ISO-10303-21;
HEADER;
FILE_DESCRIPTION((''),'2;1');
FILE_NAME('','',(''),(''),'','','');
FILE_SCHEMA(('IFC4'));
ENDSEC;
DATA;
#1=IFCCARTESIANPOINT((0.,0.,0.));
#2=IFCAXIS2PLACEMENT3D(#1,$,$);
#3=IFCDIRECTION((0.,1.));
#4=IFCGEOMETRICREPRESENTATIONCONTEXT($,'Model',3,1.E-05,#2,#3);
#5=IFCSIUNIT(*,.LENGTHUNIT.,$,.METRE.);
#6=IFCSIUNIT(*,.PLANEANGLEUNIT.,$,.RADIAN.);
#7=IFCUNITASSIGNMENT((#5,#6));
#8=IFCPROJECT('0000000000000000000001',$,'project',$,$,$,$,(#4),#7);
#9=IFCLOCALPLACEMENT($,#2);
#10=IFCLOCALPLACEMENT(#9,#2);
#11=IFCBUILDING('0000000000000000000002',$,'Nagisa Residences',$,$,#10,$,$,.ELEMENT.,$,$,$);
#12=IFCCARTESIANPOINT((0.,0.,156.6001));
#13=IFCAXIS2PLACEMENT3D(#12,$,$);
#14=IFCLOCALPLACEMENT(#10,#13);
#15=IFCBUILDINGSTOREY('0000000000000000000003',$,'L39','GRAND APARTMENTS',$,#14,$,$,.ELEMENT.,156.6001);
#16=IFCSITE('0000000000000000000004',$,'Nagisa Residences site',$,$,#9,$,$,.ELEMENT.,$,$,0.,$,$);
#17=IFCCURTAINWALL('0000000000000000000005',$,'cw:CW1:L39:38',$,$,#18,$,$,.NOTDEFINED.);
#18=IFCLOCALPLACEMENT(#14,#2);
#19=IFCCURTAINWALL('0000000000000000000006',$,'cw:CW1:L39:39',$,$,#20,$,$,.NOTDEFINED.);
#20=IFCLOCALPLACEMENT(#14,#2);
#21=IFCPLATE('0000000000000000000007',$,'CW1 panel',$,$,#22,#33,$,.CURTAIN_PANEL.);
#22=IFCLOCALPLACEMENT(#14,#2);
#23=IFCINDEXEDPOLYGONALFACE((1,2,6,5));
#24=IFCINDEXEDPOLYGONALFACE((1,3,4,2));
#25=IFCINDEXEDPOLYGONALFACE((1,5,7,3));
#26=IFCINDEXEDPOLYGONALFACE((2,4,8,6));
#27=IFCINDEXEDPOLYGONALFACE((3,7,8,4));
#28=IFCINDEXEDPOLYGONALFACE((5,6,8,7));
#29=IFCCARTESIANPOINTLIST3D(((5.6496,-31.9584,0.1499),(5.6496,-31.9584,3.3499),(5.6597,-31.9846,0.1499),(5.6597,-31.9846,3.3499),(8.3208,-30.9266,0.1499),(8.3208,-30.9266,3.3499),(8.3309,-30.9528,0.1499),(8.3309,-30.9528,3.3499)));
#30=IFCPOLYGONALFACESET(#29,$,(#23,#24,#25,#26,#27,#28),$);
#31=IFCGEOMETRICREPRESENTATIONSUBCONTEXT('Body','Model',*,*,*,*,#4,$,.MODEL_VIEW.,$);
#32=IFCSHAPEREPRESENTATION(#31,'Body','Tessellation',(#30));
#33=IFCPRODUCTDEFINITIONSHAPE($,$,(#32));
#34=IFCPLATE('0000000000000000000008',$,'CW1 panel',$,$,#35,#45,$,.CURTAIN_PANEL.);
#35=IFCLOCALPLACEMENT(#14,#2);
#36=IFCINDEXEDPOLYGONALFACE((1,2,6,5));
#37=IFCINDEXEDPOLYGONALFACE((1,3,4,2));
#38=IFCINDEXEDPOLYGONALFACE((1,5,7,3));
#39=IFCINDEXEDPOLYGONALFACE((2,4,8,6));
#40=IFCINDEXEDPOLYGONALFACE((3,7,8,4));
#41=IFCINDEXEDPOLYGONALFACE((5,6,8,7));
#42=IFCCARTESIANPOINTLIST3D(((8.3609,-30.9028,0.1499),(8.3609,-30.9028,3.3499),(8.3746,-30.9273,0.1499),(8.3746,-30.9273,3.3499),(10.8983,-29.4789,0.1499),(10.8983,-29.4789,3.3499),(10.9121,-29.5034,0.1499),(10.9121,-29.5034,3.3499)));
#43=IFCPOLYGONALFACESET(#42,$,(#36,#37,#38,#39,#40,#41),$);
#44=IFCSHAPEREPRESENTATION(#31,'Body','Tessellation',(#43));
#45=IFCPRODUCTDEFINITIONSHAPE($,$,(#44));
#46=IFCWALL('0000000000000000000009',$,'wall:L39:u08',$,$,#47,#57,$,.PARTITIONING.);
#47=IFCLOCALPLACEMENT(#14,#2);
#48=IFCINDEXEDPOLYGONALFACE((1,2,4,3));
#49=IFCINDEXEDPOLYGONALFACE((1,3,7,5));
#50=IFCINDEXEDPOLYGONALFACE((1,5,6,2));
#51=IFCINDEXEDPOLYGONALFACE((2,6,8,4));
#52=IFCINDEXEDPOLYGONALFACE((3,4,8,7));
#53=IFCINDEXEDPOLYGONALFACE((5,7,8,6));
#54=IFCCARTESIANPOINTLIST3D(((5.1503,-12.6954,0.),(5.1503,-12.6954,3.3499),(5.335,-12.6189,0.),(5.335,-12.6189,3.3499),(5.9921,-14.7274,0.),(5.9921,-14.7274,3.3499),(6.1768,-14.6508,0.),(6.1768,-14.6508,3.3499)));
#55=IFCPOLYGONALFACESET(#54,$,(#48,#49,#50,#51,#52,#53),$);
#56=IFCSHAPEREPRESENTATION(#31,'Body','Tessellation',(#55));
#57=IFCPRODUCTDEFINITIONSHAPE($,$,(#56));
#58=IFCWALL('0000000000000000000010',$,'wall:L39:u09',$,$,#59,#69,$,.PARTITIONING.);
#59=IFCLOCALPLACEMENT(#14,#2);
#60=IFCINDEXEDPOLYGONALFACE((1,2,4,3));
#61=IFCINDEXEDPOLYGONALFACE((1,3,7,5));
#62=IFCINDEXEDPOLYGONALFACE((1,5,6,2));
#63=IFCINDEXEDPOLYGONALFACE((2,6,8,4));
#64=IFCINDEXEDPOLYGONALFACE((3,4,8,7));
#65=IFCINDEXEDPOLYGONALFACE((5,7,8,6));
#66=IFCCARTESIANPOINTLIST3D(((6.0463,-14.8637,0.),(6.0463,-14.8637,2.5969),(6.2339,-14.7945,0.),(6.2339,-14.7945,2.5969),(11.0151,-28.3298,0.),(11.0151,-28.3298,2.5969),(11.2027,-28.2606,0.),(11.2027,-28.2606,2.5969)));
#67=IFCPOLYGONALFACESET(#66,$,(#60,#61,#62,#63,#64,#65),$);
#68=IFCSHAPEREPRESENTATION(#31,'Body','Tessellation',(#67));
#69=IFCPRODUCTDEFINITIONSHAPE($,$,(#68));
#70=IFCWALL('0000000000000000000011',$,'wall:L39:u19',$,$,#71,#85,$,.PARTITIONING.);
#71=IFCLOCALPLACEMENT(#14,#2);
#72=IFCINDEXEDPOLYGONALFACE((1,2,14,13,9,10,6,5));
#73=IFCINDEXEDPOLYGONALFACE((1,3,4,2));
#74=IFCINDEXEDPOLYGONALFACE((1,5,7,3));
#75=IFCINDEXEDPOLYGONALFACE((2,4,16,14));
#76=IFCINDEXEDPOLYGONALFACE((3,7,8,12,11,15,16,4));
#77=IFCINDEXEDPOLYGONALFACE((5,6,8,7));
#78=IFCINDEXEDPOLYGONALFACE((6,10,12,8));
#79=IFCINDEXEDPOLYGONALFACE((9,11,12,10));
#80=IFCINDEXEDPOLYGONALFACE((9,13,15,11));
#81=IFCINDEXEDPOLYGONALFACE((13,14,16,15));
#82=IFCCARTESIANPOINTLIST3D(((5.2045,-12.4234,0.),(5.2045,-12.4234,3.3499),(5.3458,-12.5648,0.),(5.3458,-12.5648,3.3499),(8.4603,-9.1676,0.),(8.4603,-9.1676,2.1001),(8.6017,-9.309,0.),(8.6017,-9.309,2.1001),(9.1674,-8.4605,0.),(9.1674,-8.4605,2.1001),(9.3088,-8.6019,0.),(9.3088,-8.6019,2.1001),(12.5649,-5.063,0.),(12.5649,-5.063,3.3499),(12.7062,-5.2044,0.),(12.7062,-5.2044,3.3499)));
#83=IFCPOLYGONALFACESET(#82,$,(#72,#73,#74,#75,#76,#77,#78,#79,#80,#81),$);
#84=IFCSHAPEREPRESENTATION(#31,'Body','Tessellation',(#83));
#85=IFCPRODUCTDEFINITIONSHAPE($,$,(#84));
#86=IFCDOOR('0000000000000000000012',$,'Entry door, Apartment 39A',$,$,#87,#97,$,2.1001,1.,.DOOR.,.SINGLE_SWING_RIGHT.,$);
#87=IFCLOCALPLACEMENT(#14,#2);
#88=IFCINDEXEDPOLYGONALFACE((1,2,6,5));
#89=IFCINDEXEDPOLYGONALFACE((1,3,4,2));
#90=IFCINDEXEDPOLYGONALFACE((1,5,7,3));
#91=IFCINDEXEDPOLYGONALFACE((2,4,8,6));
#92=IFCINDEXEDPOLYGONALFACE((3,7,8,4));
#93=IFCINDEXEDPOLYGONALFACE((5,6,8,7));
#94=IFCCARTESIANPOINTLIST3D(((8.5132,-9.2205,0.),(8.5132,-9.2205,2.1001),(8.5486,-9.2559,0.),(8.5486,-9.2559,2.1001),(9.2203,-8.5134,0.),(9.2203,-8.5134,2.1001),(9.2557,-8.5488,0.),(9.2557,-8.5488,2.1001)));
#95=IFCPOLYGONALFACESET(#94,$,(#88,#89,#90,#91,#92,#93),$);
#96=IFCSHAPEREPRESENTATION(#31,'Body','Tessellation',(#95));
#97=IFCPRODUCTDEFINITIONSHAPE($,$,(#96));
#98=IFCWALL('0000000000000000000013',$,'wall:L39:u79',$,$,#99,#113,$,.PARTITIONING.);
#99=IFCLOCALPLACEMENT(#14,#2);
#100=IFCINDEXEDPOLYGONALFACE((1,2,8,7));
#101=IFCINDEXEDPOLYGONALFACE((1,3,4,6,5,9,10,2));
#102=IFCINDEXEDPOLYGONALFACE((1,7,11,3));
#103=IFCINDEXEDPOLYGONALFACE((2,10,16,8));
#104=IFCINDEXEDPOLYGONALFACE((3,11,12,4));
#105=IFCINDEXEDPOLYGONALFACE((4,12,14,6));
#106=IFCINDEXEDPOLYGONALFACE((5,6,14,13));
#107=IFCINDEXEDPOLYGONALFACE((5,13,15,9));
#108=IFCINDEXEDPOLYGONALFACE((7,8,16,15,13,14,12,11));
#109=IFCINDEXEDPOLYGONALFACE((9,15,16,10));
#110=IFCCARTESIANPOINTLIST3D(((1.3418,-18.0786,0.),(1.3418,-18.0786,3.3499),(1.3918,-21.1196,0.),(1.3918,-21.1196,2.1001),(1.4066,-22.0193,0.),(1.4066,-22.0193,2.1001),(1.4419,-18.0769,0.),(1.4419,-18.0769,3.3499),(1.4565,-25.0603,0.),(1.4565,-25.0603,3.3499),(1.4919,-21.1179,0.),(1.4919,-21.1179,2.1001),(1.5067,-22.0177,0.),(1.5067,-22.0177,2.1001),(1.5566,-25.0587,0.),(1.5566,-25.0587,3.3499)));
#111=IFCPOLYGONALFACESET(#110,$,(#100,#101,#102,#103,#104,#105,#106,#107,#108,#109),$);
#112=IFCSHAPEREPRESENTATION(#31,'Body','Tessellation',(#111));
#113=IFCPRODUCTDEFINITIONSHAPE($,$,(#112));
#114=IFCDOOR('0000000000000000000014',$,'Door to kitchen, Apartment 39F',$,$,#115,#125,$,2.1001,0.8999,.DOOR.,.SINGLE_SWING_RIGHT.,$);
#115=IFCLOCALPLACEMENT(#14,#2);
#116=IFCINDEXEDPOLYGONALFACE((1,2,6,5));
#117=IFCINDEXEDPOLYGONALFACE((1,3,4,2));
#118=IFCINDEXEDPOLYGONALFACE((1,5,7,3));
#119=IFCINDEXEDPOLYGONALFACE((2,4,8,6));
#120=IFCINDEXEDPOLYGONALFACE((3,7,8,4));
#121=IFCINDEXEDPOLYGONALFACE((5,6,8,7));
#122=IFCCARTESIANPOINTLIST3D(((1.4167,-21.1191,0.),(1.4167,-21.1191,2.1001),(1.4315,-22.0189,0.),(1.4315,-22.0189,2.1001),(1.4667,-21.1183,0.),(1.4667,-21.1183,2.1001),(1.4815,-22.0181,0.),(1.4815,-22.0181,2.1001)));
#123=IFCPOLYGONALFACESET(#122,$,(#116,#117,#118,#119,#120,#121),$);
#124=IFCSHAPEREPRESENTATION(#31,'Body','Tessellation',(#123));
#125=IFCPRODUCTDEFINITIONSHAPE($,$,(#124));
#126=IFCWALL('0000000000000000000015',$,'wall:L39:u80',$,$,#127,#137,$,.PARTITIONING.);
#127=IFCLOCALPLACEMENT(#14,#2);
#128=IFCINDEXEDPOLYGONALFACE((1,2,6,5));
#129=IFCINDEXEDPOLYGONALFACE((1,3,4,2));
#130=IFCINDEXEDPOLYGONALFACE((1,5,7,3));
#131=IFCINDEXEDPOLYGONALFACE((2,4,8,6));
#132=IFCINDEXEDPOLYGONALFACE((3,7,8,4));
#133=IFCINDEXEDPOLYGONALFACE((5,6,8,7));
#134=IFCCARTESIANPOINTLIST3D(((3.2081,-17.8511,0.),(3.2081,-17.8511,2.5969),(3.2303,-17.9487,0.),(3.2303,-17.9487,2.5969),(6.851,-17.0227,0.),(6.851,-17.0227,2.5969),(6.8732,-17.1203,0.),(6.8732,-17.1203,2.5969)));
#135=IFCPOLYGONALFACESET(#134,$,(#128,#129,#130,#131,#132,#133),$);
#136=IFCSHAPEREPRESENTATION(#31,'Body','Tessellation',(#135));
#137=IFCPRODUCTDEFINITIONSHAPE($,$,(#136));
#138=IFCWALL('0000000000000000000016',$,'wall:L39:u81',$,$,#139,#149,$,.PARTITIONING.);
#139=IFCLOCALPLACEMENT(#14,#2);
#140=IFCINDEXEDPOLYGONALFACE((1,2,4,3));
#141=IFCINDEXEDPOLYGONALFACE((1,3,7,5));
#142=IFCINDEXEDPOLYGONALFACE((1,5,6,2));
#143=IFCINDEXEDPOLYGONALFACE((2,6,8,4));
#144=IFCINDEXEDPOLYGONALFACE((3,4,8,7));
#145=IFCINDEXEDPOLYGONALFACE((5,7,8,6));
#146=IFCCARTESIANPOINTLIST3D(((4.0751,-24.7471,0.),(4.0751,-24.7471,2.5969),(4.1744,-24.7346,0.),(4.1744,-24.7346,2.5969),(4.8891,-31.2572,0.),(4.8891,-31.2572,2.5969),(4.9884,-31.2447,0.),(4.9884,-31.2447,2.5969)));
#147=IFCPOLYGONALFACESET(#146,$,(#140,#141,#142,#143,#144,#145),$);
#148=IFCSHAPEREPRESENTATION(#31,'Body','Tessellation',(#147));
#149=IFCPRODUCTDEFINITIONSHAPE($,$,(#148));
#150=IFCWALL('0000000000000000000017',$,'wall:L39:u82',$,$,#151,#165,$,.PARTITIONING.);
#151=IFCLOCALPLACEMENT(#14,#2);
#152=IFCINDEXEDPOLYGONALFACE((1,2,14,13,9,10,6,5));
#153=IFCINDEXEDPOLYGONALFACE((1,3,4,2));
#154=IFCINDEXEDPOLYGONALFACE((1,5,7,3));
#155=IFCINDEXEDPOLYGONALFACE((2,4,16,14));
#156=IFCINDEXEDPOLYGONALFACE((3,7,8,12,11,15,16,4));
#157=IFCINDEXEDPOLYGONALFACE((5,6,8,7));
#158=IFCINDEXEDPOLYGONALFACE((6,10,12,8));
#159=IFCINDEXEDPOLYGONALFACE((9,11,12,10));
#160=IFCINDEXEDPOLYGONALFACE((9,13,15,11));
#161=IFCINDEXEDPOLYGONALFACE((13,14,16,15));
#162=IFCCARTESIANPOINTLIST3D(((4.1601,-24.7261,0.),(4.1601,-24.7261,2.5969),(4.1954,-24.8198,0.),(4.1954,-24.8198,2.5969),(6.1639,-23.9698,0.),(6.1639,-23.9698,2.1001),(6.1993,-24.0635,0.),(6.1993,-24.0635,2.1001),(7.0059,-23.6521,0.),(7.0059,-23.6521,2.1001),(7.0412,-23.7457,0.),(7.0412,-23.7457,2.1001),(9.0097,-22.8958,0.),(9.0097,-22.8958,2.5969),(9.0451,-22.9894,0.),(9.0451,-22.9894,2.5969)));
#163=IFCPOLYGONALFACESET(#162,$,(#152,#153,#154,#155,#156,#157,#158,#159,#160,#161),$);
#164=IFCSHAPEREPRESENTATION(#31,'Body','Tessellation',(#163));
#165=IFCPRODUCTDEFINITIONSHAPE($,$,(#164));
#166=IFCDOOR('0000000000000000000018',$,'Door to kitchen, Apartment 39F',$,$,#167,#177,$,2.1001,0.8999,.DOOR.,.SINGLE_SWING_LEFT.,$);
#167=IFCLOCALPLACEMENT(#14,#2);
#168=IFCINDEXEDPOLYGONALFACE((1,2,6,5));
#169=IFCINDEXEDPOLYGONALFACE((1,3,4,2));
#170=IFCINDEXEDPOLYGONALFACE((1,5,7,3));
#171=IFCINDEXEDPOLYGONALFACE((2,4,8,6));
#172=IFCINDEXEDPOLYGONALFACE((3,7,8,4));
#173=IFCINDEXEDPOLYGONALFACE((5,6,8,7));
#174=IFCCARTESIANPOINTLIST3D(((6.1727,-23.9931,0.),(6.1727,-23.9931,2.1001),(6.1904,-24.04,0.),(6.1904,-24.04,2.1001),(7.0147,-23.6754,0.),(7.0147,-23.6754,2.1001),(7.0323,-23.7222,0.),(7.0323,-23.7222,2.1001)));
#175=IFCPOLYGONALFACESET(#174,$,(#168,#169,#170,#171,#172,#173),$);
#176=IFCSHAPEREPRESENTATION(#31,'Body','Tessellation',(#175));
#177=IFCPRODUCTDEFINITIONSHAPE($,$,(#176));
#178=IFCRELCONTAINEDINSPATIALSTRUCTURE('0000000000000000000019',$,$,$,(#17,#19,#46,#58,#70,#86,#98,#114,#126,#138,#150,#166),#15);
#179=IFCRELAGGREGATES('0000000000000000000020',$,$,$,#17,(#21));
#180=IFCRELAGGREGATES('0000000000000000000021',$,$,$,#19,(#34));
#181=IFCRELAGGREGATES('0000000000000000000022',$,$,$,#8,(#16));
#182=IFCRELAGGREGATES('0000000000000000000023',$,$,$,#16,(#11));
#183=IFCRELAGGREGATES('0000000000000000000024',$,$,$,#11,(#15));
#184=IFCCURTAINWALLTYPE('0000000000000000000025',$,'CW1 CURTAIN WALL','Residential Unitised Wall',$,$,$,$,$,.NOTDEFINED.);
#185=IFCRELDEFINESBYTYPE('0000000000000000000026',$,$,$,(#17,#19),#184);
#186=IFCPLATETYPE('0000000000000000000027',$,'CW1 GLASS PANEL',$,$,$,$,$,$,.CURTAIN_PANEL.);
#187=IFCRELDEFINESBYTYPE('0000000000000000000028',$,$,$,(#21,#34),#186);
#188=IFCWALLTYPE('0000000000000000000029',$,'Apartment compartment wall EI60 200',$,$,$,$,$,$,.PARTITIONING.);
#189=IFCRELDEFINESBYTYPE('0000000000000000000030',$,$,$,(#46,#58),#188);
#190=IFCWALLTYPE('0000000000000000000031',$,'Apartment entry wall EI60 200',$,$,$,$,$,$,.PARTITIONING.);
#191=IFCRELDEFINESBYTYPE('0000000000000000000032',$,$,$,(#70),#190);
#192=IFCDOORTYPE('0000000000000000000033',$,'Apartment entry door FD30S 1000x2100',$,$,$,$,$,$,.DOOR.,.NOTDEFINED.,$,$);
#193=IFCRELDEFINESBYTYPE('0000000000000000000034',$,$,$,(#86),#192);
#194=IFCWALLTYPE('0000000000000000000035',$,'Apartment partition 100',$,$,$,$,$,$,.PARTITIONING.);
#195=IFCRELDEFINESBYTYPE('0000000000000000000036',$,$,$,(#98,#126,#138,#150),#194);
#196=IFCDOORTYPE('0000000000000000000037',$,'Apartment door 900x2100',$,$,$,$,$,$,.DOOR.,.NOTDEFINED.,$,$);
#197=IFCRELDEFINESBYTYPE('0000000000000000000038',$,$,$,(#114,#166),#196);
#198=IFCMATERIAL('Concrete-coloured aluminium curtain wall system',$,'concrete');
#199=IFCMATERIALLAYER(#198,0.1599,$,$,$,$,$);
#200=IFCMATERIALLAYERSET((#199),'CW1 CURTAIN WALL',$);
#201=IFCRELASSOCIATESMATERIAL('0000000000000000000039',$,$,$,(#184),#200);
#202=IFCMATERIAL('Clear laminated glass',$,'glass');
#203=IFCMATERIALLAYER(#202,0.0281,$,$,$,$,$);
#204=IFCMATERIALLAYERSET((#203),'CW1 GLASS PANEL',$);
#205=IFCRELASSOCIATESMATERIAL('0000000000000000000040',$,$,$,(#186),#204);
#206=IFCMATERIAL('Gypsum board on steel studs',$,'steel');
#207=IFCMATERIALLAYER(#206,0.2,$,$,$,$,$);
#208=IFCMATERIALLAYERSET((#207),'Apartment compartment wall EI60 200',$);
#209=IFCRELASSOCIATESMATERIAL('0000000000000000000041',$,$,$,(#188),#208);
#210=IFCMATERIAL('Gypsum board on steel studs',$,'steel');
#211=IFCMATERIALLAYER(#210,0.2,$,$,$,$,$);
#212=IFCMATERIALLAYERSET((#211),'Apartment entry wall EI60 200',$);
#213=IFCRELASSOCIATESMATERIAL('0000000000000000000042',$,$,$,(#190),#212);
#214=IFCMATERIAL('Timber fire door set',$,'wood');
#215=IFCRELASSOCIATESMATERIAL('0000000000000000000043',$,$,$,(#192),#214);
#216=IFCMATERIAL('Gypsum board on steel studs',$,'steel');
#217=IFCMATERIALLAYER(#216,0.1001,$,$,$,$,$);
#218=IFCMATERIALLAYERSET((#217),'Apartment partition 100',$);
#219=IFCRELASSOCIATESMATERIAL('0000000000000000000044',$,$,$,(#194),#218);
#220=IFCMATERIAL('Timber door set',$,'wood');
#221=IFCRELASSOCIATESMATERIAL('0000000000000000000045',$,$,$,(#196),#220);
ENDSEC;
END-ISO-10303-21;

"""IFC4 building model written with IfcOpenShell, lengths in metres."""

from ifc_helpers import new_model, si_unit, direction, frame, frame_2d, origin, origin_2d, place, context, subcontext, project, spatial, rectangle, extrude, material, layer, layer_set, type_object, element, fill, aggregate, save


model = new_model("IFC4")

# Units and contexts
model_context = context("Model", 3, precision=1e-05, world=origin(), true_north=direction((0.0, 1.0)))
body_context = subcontext(model_context, "Body", "Model", "MODEL_VIEW")
ifc_project = project(units=[si_unit("LENGTHUNIT", "METRE"), si_unit("PLANEANGLEUNIT", "RADIAN")], contexts=[model_context])

# Site, building, storey
site_placement = place(None, origin())
site = spatial("IfcSite", under=ifc_project, at=site_placement, Name="Nagisa Residences site", CompositionType="ELEMENT", RefElevation=0.0)
building_placement = place(site_placement, origin())
building = spatial("IfcBuilding", under=site, at=building_placement, Name="Nagisa Residences", CompositionType="ELEMENT")
storey_placement = place(building_placement, frame((0.0, 0.0, 156.6001)))
storey = spatial("IfcBuildingStorey", under=building, at=storey_placement, Name="L39", Description="GRAND APARTMENTS", CompositionType="ELEMENT", Elevation=156.6001)

# Curtain walls
ifc_material_1 = material(Name="Concrete-coloured aluminium curtain wall system", Category="concrete")
ifc_layer_1 = layer(ifc_material_1, 0.1599)
ifc_layer_set_1 = layer_set([ifc_layer_1], Name="CW1 CURTAIN WALL")
curtain_wall_type = type_object("IfcCurtainWallType", Name="CW1 CURTAIN WALL", Description="Residential Unitised Wall", PredefinedType="NOTDEFINED", material=ifc_layer_set_1)
curtain_wall_1_placement = place(storey_placement, origin())
curtain_wall_1 = element("IfcCurtainWall", 1, at=curtain_wall_1_placement, inside=storey, type_object=curtain_wall_type, Name="cw:CW1:L39:38", PredefinedType="NOTDEFINED")
curtain_wall_2_placement = place(storey_placement, origin())
curtain_wall_2 = element("IfcCurtainWall", 2, at=curtain_wall_2_placement, inside=storey, type_object=curtain_wall_type, Name="cw:CW1:L39:39", PredefinedType="NOTDEFINED")

# Shared definitions
ifc_material_2 = material(Name="Clear laminated glass", Category="glass")
ifc_layer_2 = layer(ifc_material_2, 0.0281)
ifc_layer_set_2 = layer_set([ifc_layer_2], Name="CW1 GLASS PANEL")
plate_type = type_object("IfcPlateType", Name="CW1 GLASS PANEL", PredefinedType="CURTAIN_PANEL", material=ifc_layer_set_2)

# Plates
plate_1_placement = place(storey_placement, frame((6.9902, -31.4556, 0.1499), z_axis=(0.0, 0.0, 1.0), x_axis=(0.932826, 0.360328, 0.0)))
plate_1 = element("IfcPlate", 3, at=plate_1_placement, type_object=plate_type, Name="CW1 panel", PredefinedType="CURTAIN_PANEL", context=body_context, shape_type="SweptSolid", body=[
    extrude(rectangle(XDim=2.8635, YDim=0.0281, at=origin_2d()), origin(), (0.0, 0.0, 1.0), 3.2),
])
aggregate(curtain_wall_1, [plate_1])
plate_2_placement = place(storey_placement, frame((9.6365, -30.2031, 0.1499), z_axis=(0.0, 0.0, 1.0), x_axis=(0.872072, 0.489377, 0.0)))
plate_2 = element("IfcPlate", 4, at=plate_2_placement, type_object=plate_type, Name="CW1 panel", PredefinedType="CURTAIN_PANEL", context=body_context, shape_type="SweptSolid", body=[
    extrude(rectangle(XDim=2.9097, YDim=0.0281, at=origin_2d()), origin(), (0.0, 0.0, 1.0), 3.2),
])
aggregate(curtain_wall_2, [plate_2])

# Walls
ifc_material_3 = material(Name="Gypsum board on steel studs", Category="steel")
ifc_layer_3 = layer(ifc_material_3, 0.2)
ifc_layer_set_3 = layer_set([ifc_layer_3], Name="Apartment compartment wall EI60 200")
wall_type_1 = type_object("IfcWallType", Name="Apartment compartment wall EI60 200", PredefinedType="PARTITIONING", material=ifc_layer_set_3)
wall_1_placement = place(storey_placement, frame((5.2427, -12.6572, 0.0), z_axis=(0.0, 0.0, 1.0), x_axis=(0.382731, -0.92386, 0.0)))
element("IfcWall", 5, at=wall_1_placement, inside=storey, type_object=wall_type_1, Name="wall:L39:u08", PredefinedType="PARTITIONING", context=body_context, shape_type="SweptSolid", body=[
    extrude(rectangle(XDim=2.1995, YDim=0.2, at=frame_2d((1.0996, 0.0))), origin(), (0.0, 0.0, 1.0), 3.3499),
])
wall_2_placement = place(storey_placement, frame((6.1401, -14.8291, 0.0), z_axis=(0.0, 0.0, 1.0), x_axis=(0.34617, -0.938172, 0.0)))
element("IfcWall", 6, at=wall_2_placement, inside=storey, type_object=wall_type_1, Name="wall:L39:u09", PredefinedType="PARTITIONING", context=body_context, shape_type="SweptSolid", body=[
    extrude(rectangle(XDim=14.3535, YDim=0.2, at=frame_2d((7.1768, 0.0))), origin(), (0.0, 0.0, 1.0), 2.5969),
])

# Walls, openings, doors
ifc_material_4 = material(Name="Gypsum board on steel studs", Category="steel")
ifc_layer_4 = layer(ifc_material_4, 0.2)
ifc_layer_set_4 = layer_set([ifc_layer_4], Name="Apartment entry wall EI60 200")
wall_type_2 = type_object("IfcWallType", Name="Apartment entry wall EI60 200", PredefinedType="PARTITIONING", material=ifc_layer_set_4)
wall_3_placement = place(storey_placement, frame((5.2751, -12.4941, 0.0), z_axis=(0.0, 0.0, 1.0), x_axis=(0.707107, 0.707107, 0.0)))
wall_3 = element("IfcWall", 7, at=wall_3_placement, inside=storey, type_object=wall_type_2, Name="wall:L39:u19", PredefinedType="PARTITIONING", context=body_context, shape_type="SweptSolid", body=[
    extrude(rectangle(XDim=10.4092, YDim=0.2, at=frame_2d((5.2046, 0.0))), origin(), (0.0, 0.0, 1.0), 3.3499),
])
opening_1_placement = place(wall_3_placement, frame((4.6045, 0.0, 0.0)))
opening_1 = element("IfcOpeningElement", 8, at=opening_1_placement, cuts=wall_3, PredefinedType="OPENING", context=body_context, shape_type="SweptSolid", body=[
    extrude(rectangle(XDim=1.0, YDim=2.1001, at=frame_2d((0.5, 1.05))), frame((0.0, 0.1099, 0.0), z_axis=(0.0, -1.0, 0.0), x_axis=(1.0, 0.0, 0.0)), (0.0, 0.0, 1.0), 0.22),
])
ifc_material_5 = material(Name="Timber fire door set", Category="wood")
door_type_1 = type_object("IfcDoorType", Name="Apartment entry door FD30S 1000x2100", OperationType="NOTDEFINED", PredefinedType="DOOR", material=ifc_material_5)
door_1_placement = place(opening_1_placement, frame((1.0, 0.0, 0.0), x_axis=(-1.0, 0.0, 0.0)))
door_1 = element("IfcDoor", 9, at=door_1_placement, inside=storey, type_object=door_type_1, Name="Entry door, Apartment 39A", OperationType="SINGLE_SWING_RIGHT", OverallHeight=2.1001, OverallWidth=1.0, PredefinedType="DOOR", context=body_context, shape_type="SweptSolid", body=[
    extrude(rectangle(XDim=1.0, YDim=2.1001, at=frame_2d((0.5, 1.05))), frame((0.0, 0.0249, 0.0), z_axis=(0.0, -1.0, 0.0), x_axis=(1.0, 0.0, 0.0)), (0.0, 0.0, 1.0), 0.05),
])
fill(opening_1, door_1)
ifc_material_6 = material(Name="Gypsum board on steel studs", Category="steel")
ifc_layer_5 = layer(ifc_material_6, 0.1001)
ifc_layer_set_5 = layer_set([ifc_layer_5], Name="Apartment partition 100")
wall_type_3 = type_object("IfcWallType", Name="Apartment partition 100", PredefinedType="PARTITIONING", material=ifc_layer_set_5)
wall_4_placement = place(storey_placement, frame((1.3918, -18.0779, 0.0), z_axis=(0.0, 0.0, 1.0), x_axis=(0.016433, -0.999865, 0.0)))
wall_4 = element("IfcWall", 10, at=wall_4_placement, inside=storey, type_object=wall_type_3, Name="wall:L39:u79", PredefinedType="PARTITIONING", context=body_context, shape_type="SweptSolid", body=[
    extrude(rectangle(XDim=6.9827, YDim=0.1001, at=frame_2d((3.4912, 0.0))), origin(), (0.0, 0.0, 1.0), 3.3499),
])
opening_2_placement = place(wall_4_placement, frame((3.0413, 0.0, 0.0)))
opening_2 = element("IfcOpeningElement", 11, at=opening_2_placement, cuts=wall_4, PredefinedType="OPENING", context=body_context, shape_type="SweptSolid", body=[
    extrude(rectangle(XDim=0.8999, YDim=2.1001, at=frame_2d((0.45, 1.05))), frame((0.0, 0.0601, 0.0), z_axis=(0.0, -1.0, 0.0), x_axis=(1.0, 0.0, 0.0)), (0.0, 0.0, 1.0), 0.1201),
])
ifc_material_7 = material(Name="Timber door set", Category="wood")
door_type_2 = type_object("IfcDoorType", Name="Apartment door 900x2100", OperationType="NOTDEFINED", PredefinedType="DOOR", material=ifc_material_7)
door_2_placement = place(opening_2_placement, origin())
door_2 = element("IfcDoor", 12, at=door_2_placement, inside=storey, type_object=door_type_2, Name="Door to kitchen, Apartment 39F", OperationType="SINGLE_SWING_RIGHT", OverallHeight=2.1001, OverallWidth=0.8999, PredefinedType="DOOR", context=body_context, shape_type="SweptSolid", body=[
    extrude(rectangle(XDim=0.8999, YDim=2.1001, at=frame_2d((0.45, 1.05))), frame((0.0, 0.0249, 0.0), z_axis=(0.0, -1.0, 0.0), x_axis=(1.0, 0.0, 0.0)), (0.0, 0.0, 1.0), 0.05),
])
fill(opening_2, door_2)

# Walls
wall_5_placement = place(storey_placement, frame((3.2192, -17.8999, 0.0), z_axis=(0.0, 0.0, 1.0), x_axis=(0.975107, 0.221737, 0.0)))
element("IfcWall", 13, at=wall_5_placement, inside=storey, type_object=wall_type_3, Name="wall:L39:u80", PredefinedType="PARTITIONING", context=body_context, shape_type="SweptSolid", body=[
    extrude(rectangle(XDim=3.7358, YDim=0.1001, at=frame_2d((1.8679, 0.0))), origin(), (0.0, 0.0, 1.0), 2.5969),
])
wall_6_placement = place(storey_placement, frame((4.1248, -24.741, 0.0), z_axis=(0.0, 0.0, 1.0), x_axis=(0.124067, -0.992274, 0.0)))
element("IfcWall", 14, at=wall_6_placement, inside=storey, type_object=wall_type_3, Name="wall:L39:u81", PredefinedType="PARTITIONING", context=body_context, shape_type="SweptSolid", body=[
    extrude(rectangle(XDim=6.5608, YDim=0.1001, at=frame_2d((3.2803, 0.0))), origin(), (0.0, 0.0, 1.0), 2.5969),
])

# Wall, opening, door
wall_7_placement = place(storey_placement, frame((4.1777, -24.7729, 0.0), z_axis=(0.0, 0.0, 1.0), x_axis=(0.935584, 0.353105, 0.0)))
wall_7 = element("IfcWall", 15, at=wall_7_placement, inside=storey, type_object=wall_type_3, Name="wall:L39:u82", PredefinedType="PARTITIONING", context=body_context, shape_type="SweptSolid", body=[
    extrude(rectangle(XDim=5.1836, YDim=0.1001, at=frame_2d((2.5918, 0.0))), origin(), (0.0, 0.0, 1.0), 2.5969),
])
opening_3_placement = place(wall_7_placement, frame((2.1418, 0.0, 0.0)))
opening_3 = element("IfcOpeningElement", 16, at=opening_3_placement, cuts=wall_7, PredefinedType="OPENING", context=body_context, shape_type="SweptSolid", body=[
    extrude(rectangle(XDim=0.8999, YDim=2.1001, at=frame_2d((0.45, 1.05))), frame((0.0, 0.0601, 0.0), z_axis=(0.0, -1.0, 0.0), x_axis=(1.0, 0.0, 0.0)), (0.0, 0.0, 1.0), 0.1201),
])
door_3_placement = place(opening_3_placement, frame((0.8999, 0.0, 0.0), x_axis=(-1.0, 0.0, 0.0)))
door_3 = element("IfcDoor", 17, at=door_3_placement, inside=storey, type_object=door_type_2, Name="Door to kitchen, Apartment 39F", OperationType="SINGLE_SWING_LEFT", OverallHeight=2.1001, OverallWidth=0.8999, PredefinedType="DOOR", context=body_context, shape_type="SweptSolid", body=[
    extrude(rectangle(XDim=0.8999, YDim=2.1001, at=frame_2d((0.45, 1.05))), frame((0.0, 0.0249, 0.0), z_axis=(0.0, -1.0, 0.0), x_axis=(1.0, 0.0, 0.0)), (0.0, 0.0, 1.0), 0.05),
])
fill(opening_3, door_3)

save(model, "model.ifc")
